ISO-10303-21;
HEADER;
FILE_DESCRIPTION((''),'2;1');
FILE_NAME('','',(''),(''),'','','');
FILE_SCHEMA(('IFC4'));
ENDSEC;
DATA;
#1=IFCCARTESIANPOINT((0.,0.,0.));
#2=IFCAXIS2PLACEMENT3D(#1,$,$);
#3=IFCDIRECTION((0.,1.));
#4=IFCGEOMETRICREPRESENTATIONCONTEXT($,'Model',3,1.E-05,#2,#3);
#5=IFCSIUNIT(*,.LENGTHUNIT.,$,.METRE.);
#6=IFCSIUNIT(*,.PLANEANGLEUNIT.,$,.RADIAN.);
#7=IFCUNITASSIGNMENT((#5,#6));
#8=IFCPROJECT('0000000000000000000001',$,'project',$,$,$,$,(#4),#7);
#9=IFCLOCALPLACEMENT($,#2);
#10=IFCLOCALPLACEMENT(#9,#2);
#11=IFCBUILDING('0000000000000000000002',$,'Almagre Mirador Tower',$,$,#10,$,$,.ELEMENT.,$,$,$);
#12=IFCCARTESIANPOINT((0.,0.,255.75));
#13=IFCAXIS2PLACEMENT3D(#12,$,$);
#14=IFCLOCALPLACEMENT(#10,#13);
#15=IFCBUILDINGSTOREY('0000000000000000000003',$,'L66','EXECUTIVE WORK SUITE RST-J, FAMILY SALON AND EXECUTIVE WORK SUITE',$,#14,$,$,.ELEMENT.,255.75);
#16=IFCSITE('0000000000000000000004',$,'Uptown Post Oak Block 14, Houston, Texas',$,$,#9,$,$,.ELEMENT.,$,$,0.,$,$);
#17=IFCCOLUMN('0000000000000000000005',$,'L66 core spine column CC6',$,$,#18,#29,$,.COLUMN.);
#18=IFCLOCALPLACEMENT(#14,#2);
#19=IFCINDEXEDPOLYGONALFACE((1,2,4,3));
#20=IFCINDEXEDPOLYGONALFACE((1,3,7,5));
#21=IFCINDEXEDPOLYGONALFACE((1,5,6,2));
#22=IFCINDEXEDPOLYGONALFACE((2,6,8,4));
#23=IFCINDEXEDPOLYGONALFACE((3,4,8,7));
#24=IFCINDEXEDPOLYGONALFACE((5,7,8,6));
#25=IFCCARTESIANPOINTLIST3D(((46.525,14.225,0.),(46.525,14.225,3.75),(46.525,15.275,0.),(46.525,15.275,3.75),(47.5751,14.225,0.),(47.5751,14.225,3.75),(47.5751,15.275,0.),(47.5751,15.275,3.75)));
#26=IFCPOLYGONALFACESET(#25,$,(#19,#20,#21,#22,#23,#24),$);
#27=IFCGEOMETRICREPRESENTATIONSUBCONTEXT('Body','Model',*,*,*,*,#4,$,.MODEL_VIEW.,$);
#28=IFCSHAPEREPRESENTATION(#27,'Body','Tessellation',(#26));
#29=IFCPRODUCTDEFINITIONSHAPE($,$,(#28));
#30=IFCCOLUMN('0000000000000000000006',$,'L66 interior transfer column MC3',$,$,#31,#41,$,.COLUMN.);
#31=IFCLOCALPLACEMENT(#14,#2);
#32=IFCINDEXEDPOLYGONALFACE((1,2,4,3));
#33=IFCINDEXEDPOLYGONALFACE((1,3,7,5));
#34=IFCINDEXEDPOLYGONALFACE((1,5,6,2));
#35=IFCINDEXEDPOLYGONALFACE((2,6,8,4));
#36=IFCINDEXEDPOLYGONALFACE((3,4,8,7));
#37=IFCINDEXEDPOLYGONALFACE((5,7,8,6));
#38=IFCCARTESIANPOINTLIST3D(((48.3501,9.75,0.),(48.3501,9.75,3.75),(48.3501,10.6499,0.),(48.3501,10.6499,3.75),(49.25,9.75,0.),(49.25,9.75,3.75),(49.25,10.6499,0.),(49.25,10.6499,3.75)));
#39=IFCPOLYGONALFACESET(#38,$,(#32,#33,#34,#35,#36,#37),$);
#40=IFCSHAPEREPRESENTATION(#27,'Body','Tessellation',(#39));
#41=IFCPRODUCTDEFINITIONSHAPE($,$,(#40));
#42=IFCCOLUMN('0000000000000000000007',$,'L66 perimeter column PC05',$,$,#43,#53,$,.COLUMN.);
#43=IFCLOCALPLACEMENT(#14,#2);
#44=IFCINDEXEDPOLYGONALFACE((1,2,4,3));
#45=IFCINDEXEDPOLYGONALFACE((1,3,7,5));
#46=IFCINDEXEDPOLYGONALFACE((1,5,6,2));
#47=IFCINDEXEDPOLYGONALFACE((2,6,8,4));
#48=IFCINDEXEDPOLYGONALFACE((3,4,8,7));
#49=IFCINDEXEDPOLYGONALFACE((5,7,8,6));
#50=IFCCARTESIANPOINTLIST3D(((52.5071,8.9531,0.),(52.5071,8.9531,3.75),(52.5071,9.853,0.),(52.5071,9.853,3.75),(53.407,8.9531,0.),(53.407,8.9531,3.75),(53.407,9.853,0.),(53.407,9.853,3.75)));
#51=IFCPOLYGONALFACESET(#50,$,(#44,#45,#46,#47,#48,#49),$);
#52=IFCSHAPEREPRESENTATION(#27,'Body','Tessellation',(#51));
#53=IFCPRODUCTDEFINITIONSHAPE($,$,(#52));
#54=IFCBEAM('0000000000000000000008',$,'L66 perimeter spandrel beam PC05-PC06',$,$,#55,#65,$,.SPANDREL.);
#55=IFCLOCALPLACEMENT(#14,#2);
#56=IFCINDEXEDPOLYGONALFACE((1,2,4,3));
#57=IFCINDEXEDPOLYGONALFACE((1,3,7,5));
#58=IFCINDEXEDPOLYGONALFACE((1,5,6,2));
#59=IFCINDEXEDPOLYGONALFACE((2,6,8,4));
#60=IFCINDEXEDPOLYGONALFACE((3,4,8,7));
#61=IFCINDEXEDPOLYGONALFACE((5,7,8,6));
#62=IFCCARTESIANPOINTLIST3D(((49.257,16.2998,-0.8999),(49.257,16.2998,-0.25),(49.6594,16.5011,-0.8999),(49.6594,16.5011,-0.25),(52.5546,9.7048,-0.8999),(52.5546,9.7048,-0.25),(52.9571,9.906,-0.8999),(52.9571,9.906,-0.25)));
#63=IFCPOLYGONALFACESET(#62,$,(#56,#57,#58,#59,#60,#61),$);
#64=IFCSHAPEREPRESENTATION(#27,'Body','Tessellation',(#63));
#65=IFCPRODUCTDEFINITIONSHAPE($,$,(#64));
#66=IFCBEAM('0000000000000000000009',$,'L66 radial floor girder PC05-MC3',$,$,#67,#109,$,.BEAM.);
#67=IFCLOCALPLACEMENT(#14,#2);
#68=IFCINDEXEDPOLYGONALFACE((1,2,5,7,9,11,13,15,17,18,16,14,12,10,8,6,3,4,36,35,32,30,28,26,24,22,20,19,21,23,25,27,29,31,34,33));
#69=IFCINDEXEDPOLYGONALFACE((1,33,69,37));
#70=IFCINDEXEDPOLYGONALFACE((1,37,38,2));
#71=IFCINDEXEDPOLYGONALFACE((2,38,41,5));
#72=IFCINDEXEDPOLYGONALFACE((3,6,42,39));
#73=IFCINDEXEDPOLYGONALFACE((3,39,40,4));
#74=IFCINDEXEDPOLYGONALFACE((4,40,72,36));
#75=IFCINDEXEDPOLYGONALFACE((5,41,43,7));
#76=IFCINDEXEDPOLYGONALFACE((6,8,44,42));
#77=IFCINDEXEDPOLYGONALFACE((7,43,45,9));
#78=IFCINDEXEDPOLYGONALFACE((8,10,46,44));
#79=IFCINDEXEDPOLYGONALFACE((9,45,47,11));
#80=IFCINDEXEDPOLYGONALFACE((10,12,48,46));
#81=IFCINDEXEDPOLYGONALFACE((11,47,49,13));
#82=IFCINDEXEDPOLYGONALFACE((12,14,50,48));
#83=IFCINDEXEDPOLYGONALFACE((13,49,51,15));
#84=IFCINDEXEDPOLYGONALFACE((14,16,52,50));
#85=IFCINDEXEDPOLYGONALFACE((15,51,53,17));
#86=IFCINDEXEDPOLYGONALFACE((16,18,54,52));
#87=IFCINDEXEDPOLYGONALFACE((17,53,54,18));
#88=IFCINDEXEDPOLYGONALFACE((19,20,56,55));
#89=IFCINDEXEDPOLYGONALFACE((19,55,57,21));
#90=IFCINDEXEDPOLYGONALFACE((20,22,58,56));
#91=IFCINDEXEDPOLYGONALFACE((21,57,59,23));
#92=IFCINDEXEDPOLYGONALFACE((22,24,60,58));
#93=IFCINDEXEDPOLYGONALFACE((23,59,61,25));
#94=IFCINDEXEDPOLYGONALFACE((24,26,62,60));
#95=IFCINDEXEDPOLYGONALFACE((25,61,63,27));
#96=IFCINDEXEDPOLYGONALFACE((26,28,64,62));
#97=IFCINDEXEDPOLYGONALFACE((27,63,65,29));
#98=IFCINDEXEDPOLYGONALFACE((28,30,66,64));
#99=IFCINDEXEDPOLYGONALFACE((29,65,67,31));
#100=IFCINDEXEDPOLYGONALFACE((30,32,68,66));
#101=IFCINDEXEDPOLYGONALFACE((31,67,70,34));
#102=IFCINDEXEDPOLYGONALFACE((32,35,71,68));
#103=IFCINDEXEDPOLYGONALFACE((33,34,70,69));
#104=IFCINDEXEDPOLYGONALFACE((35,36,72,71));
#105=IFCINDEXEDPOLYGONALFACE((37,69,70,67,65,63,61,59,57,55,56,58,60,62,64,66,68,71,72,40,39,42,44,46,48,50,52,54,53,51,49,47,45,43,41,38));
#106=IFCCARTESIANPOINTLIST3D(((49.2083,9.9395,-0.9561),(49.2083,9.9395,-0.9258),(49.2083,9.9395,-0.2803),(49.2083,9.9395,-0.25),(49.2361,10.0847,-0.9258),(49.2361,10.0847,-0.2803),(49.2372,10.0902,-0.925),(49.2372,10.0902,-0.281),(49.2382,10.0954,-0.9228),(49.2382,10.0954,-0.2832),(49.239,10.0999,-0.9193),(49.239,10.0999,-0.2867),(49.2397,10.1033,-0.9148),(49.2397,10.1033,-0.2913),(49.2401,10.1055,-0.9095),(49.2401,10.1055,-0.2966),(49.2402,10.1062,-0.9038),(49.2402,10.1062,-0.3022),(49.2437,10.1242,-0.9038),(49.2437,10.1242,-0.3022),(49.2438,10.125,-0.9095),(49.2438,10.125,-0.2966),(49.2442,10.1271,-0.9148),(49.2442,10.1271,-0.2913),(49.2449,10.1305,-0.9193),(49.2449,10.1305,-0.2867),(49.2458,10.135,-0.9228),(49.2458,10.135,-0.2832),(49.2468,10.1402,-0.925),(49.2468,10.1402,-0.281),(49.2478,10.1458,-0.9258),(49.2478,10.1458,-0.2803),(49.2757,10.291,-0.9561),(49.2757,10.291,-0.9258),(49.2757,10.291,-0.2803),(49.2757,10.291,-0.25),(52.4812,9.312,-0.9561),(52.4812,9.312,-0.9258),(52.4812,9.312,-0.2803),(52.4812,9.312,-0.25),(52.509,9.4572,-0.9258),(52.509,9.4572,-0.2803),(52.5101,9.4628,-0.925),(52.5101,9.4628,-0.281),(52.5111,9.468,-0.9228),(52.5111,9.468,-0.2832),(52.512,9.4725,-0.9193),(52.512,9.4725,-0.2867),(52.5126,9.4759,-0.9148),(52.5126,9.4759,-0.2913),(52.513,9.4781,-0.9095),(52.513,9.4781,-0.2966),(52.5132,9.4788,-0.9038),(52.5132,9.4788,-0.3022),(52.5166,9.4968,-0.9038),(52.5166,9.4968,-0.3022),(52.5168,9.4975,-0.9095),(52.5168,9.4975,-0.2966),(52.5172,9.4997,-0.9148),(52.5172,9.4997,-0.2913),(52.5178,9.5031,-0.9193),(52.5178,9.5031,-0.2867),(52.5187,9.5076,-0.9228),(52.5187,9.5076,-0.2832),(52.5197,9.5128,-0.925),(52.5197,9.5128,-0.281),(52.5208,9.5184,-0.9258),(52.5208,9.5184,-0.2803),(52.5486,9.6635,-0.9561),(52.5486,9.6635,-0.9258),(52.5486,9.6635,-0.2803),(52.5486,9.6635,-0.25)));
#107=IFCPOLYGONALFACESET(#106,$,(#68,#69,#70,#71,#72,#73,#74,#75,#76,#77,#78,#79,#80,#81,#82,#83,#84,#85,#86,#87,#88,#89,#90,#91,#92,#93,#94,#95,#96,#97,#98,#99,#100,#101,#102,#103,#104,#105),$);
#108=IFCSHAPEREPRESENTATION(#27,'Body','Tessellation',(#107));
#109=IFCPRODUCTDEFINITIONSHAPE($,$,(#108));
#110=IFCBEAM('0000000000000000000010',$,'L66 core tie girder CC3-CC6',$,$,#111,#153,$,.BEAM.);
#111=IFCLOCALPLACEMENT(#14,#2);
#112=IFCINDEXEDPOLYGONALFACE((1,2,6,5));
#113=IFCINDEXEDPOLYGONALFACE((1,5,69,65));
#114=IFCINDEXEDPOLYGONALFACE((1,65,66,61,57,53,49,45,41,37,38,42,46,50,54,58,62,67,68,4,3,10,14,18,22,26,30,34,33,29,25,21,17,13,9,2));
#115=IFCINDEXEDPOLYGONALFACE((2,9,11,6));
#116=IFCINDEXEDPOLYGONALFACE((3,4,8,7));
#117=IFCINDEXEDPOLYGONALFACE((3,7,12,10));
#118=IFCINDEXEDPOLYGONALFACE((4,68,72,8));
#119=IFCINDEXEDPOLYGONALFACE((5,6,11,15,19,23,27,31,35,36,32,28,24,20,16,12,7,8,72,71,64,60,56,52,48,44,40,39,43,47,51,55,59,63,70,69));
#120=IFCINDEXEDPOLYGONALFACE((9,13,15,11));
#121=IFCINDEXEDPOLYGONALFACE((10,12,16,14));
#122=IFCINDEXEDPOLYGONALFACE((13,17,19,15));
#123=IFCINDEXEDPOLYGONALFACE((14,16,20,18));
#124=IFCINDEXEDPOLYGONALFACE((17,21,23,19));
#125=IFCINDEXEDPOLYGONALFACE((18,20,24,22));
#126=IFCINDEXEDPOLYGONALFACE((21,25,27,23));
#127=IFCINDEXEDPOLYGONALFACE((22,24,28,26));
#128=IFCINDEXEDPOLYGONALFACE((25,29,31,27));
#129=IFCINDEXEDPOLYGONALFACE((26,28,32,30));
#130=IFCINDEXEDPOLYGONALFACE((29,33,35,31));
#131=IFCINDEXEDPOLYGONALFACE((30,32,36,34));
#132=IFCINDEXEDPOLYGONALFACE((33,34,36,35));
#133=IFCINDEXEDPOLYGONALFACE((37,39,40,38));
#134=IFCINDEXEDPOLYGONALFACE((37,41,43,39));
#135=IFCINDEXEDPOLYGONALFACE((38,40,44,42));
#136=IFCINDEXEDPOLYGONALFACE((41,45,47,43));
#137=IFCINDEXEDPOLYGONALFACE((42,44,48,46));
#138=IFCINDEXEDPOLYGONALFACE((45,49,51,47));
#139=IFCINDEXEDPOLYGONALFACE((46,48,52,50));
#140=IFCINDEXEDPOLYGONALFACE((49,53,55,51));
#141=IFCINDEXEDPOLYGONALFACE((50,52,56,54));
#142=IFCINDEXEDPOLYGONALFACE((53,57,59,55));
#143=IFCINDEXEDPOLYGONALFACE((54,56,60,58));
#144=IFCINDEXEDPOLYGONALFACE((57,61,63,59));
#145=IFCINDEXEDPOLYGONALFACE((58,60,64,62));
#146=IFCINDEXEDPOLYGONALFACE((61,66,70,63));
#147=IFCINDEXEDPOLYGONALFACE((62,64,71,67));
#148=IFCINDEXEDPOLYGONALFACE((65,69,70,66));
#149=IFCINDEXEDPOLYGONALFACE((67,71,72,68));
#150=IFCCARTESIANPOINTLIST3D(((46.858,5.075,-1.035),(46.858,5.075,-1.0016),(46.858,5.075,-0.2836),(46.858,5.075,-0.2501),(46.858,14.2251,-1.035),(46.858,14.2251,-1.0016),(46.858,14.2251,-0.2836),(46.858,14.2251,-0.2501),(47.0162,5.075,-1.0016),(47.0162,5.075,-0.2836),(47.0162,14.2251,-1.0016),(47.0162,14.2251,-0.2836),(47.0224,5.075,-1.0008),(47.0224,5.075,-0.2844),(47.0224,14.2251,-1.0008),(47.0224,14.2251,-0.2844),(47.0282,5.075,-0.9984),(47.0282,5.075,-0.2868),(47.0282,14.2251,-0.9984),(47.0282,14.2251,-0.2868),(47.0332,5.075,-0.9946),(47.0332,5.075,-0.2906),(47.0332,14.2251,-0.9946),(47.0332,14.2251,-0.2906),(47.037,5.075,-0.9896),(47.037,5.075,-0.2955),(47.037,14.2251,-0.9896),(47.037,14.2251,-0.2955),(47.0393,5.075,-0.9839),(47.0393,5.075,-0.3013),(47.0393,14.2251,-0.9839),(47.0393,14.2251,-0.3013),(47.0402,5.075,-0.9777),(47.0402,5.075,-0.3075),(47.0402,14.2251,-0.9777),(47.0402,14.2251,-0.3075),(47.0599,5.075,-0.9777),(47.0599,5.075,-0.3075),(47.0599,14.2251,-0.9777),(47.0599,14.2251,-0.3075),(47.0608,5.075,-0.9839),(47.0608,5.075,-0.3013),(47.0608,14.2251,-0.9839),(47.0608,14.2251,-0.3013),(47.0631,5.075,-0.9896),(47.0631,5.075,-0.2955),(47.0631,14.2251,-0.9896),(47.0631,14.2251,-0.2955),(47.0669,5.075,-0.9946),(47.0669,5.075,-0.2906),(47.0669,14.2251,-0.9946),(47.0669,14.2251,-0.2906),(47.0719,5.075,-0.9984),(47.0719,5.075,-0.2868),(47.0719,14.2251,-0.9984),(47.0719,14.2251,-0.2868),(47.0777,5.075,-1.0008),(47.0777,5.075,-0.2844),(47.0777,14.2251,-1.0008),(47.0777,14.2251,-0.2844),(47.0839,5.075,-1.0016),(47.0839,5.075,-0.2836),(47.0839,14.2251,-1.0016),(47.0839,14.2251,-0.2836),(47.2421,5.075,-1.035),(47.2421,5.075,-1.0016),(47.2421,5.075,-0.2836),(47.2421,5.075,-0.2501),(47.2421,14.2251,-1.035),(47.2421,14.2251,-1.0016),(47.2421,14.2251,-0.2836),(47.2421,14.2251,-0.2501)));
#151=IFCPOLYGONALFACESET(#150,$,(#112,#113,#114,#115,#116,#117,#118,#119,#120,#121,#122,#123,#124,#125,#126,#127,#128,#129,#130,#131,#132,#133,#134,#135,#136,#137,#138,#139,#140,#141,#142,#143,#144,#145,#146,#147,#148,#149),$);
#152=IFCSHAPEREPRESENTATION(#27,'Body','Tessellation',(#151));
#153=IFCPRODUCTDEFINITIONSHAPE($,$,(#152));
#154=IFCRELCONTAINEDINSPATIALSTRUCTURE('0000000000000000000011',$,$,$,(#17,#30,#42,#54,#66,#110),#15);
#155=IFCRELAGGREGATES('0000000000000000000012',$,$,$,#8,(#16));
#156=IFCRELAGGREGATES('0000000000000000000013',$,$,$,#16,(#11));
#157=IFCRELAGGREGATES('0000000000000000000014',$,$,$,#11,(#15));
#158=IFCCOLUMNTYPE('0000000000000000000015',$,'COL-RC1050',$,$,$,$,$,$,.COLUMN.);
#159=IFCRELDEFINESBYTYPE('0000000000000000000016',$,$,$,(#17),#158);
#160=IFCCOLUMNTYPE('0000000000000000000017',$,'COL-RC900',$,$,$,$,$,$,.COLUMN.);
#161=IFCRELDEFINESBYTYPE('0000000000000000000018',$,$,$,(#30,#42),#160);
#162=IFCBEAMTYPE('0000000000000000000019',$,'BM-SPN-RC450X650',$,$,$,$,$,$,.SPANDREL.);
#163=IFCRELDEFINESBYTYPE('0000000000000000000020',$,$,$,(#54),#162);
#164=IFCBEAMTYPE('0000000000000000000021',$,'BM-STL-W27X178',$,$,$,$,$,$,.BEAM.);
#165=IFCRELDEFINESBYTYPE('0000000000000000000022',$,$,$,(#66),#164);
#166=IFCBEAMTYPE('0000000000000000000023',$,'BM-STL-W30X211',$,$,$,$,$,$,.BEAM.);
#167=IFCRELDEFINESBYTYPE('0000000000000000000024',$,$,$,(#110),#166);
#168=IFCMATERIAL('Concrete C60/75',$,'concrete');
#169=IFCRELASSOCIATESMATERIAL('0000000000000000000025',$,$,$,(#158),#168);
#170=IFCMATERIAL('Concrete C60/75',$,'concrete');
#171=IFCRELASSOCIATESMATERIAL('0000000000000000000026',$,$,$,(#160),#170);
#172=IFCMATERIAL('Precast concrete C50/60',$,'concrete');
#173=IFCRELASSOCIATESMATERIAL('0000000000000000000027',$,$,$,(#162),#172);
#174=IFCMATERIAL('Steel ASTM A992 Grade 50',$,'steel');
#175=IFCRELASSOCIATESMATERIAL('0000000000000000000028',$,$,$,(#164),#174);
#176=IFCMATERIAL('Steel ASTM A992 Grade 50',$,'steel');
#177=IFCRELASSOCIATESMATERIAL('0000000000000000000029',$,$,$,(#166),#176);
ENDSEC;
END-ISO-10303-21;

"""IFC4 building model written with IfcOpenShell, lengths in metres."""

from ifc_helpers import new_model, si_unit, direction, frame, origin, origin_2d, place, context, subcontext, project, spatial, rectangle, i_section, extrude, material, material_profile, profile_set, type_object, element, save


model = new_model("IFC4")

# Units and contexts
model_context = context("Model", 3, precision=1e-05, world=origin(), true_north=direction((0.0, 1.0)))
body_context = subcontext(model_context, "Body", "Model", "MODEL_VIEW")
ifc_project = project(units=[si_unit("LENGTHUNIT", "METRE"), si_unit("PLANEANGLEUNIT", "RADIAN")], contexts=[model_context])

# Site, building, storey
site_placement = place(None, origin())
site = spatial("IfcSite", under=ifc_project, at=site_placement, Name="Uptown Post Oak Block 14, Houston, Texas", CompositionType="ELEMENT", RefElevation=0.0)
building_placement = place(site_placement, origin())
building = spatial("IfcBuilding", under=site, at=building_placement, Name="Almagre Mirador Tower", CompositionType="ELEMENT")
storey_placement = place(building_placement, frame((0.0, 0.0, 255.75)))
storey = spatial("IfcBuildingStorey", under=building, at=storey_placement, Name="L66", Description="EXECUTIVE WORK SUITE RST-J, FAMILY SALON AND EXECUTIVE WORK SUITE", CompositionType="ELEMENT", Elevation=255.75)

# Columns
ifc_material_1 = material(Name="Concrete C60/75", Category="concrete")
ifc_material_profile_1 = material_profile(ifc_material_1, rectangle(XDim=1.05, YDim=1.05, at=origin_2d()), Name="RC1050X1050")
ifc_profile_set_1 = profile_set([ifc_material_profile_1], Name="Concrete C60/75")
column_type_1 = type_object("IfcColumnType", Name="COL-RC1050", PredefinedType="COLUMN", material=ifc_profile_set_1)
column_placement = place(storey_placement, frame((47.05, 14.75, 0.0), z_axis=(0.0, 0.0, 1.0), x_axis=(1.0, 0.0, 0.0)))
element("IfcColumn", 1, at=column_placement, inside=storey, type_object=column_type_1, Name="L66 core spine column CC6", PredefinedType="COLUMN", context=body_context, shape_type="SweptSolid", body=[
    extrude(rectangle(XDim=1.05, YDim=1.05, at=origin_2d()), origin(), (0.0, 0.0, 1.0), 3.75),
])
ifc_material_2 = material(Name="Concrete C60/75", Category="concrete")
ifc_material_profile_2 = material_profile(ifc_material_2, rectangle(XDim=0.8999, YDim=0.8999, at=origin_2d()), Name="RC900X900")
ifc_profile_set_2 = profile_set([ifc_material_profile_2], Name="Concrete C60/75")
column_type_2 = type_object("IfcColumnType", Name="COL-RC900", PredefinedType="COLUMN", material=ifc_profile_set_2)
for number, where, z_axis, x_axis, name in (
    (2, (48.8, 10.2, 0.0), (0.0, 0.0, 1.0), (1.0, 0.0, 0.0), "L66 interior transfer column MC3"),
    (3, (52.957, 9.4031, 0.0), (0.0, 0.0, 1.0), (1.0, 0.0, 0.0), "L66 perimeter column PC05"),
):
    element("IfcColumn", number, at=place(storey_placement, frame(where, z_axis=z_axis, x_axis=x_axis)), inside=storey, type_object=column_type_2, Name=name, PredefinedType="COLUMN", context=body_context, shape_type="SweptSolid", body=[
        extrude(rectangle(XDim=0.8999, YDim=0.8999, at=origin_2d()), origin(), (0.0, 0.0, 1.0), 3.75),
    ])

# Beams
ifc_material_3 = material(Name="Precast concrete C50/60", Category="concrete")
ifc_material_profile_3 = material_profile(ifc_material_3, rectangle(XDim=0.45, YDim=0.6499, at=origin_2d()), Name="RC450X650")
ifc_profile_set_3 = profile_set([ifc_material_profile_3], Name="Precast concrete C50/60")
beam_type_1 = type_object("IfcBeamType", Name="BM-SPN-RC450X650", PredefinedType="SPANDREL", material=ifc_profile_set_3)
beam_1_placement = place(storey_placement, frame((52.7559, 9.8054, -0.575), z_axis=(-0.447227, 0.894421, 0.0), x_axis=(-0.894421, -0.447227, 0.0)))
element("IfcBeam", 4, at=beam_1_placement, inside=storey, type_object=beam_type_1, Name="L66 perimeter spandrel beam PC05-PC06", PredefinedType="SPANDREL", context=body_context, shape_type="SweptSolid", body=[
    extrude(rectangle(XDim=0.45, YDim=0.6499, at=origin_2d()), origin(), (0.0, 0.0, 1.0), 7.3735),
])
ifc_material_4 = material(Name="Steel ASTM A992 Grade 50", Category="steel")
ifc_material_profile_4 = material_profile(ifc_material_4, i_section(OverallWidth=0.3579, OverallDepth=0.7061, WebThickness=0.0183, FlangeThickness=0.0303, FilletRadius=0.022, at=origin_2d()), Name="W27X178")
ifc_profile_set_4 = profile_set([ifc_material_profile_4], Name="Steel ASTM A992 Grade 50")
beam_type_2 = type_object("IfcBeamType", Name="BM-STL-W27X178", PredefinedType="BEAM", material=ifc_profile_set_4)
beam_2_placement = place(storey_placement, frame((52.5149, 9.4878, -0.603), z_axis=(-0.982116, 0.188277, 0.0), x_axis=(-0.188277, -0.982116, 0.0)))
element("IfcBeam", 5, at=beam_2_placement, inside=storey, type_object=beam_type_2, Name="L66 radial floor girder PC05-MC3", PredefinedType="BEAM", context=body_context, shape_type="SweptSolid", body=[
    extrude(i_section(OverallWidth=0.3579, OverallDepth=0.7061, WebThickness=0.0183, FlangeThickness=0.0303, FilletRadius=0.022, at=origin_2d()), origin(), (0.0, 0.0, 1.0), 3.3325),
])
ifc_material_5 = material(Name="Steel ASTM A992 Grade 50", Category="steel")
ifc_material_profile_5 = material_profile(ifc_material_5, i_section(OverallWidth=0.384, OverallDepth=0.7849, WebThickness=0.0198, FlangeThickness=0.0334, FilletRadius=0.0239, at=origin_2d()), Name="W30X211")
ifc_profile_set_5 = profile_set([ifc_material_profile_5], Name="Steel ASTM A992 Grade 50")
beam_type_3 = type_object("IfcBeamType", Name="BM-STL-W30X211", PredefinedType="BEAM", material=ifc_profile_set_5)
beam_3_placement = place(storey_placement, frame((47.05, 5.075, -0.6426), z_axis=(0.0, 1.0, 0.0), x_axis=(-1.0, 0.0, 0.0)))
element("IfcBeam", 6, at=beam_3_placement, inside=storey, type_object=beam_type_3, Name="L66 core tie girder CC3-CC6", PredefinedType="BEAM", context=body_context, shape_type="SweptSolid", body=[
    extrude(i_section(OverallWidth=0.384, OverallDepth=0.7849, WebThickness=0.0198, FlangeThickness=0.0334, FilletRadius=0.0239, at=origin_2d()), origin(), (0.0, 0.0, 1.0), 9.1501),
])

save(model, "model.ifc")
